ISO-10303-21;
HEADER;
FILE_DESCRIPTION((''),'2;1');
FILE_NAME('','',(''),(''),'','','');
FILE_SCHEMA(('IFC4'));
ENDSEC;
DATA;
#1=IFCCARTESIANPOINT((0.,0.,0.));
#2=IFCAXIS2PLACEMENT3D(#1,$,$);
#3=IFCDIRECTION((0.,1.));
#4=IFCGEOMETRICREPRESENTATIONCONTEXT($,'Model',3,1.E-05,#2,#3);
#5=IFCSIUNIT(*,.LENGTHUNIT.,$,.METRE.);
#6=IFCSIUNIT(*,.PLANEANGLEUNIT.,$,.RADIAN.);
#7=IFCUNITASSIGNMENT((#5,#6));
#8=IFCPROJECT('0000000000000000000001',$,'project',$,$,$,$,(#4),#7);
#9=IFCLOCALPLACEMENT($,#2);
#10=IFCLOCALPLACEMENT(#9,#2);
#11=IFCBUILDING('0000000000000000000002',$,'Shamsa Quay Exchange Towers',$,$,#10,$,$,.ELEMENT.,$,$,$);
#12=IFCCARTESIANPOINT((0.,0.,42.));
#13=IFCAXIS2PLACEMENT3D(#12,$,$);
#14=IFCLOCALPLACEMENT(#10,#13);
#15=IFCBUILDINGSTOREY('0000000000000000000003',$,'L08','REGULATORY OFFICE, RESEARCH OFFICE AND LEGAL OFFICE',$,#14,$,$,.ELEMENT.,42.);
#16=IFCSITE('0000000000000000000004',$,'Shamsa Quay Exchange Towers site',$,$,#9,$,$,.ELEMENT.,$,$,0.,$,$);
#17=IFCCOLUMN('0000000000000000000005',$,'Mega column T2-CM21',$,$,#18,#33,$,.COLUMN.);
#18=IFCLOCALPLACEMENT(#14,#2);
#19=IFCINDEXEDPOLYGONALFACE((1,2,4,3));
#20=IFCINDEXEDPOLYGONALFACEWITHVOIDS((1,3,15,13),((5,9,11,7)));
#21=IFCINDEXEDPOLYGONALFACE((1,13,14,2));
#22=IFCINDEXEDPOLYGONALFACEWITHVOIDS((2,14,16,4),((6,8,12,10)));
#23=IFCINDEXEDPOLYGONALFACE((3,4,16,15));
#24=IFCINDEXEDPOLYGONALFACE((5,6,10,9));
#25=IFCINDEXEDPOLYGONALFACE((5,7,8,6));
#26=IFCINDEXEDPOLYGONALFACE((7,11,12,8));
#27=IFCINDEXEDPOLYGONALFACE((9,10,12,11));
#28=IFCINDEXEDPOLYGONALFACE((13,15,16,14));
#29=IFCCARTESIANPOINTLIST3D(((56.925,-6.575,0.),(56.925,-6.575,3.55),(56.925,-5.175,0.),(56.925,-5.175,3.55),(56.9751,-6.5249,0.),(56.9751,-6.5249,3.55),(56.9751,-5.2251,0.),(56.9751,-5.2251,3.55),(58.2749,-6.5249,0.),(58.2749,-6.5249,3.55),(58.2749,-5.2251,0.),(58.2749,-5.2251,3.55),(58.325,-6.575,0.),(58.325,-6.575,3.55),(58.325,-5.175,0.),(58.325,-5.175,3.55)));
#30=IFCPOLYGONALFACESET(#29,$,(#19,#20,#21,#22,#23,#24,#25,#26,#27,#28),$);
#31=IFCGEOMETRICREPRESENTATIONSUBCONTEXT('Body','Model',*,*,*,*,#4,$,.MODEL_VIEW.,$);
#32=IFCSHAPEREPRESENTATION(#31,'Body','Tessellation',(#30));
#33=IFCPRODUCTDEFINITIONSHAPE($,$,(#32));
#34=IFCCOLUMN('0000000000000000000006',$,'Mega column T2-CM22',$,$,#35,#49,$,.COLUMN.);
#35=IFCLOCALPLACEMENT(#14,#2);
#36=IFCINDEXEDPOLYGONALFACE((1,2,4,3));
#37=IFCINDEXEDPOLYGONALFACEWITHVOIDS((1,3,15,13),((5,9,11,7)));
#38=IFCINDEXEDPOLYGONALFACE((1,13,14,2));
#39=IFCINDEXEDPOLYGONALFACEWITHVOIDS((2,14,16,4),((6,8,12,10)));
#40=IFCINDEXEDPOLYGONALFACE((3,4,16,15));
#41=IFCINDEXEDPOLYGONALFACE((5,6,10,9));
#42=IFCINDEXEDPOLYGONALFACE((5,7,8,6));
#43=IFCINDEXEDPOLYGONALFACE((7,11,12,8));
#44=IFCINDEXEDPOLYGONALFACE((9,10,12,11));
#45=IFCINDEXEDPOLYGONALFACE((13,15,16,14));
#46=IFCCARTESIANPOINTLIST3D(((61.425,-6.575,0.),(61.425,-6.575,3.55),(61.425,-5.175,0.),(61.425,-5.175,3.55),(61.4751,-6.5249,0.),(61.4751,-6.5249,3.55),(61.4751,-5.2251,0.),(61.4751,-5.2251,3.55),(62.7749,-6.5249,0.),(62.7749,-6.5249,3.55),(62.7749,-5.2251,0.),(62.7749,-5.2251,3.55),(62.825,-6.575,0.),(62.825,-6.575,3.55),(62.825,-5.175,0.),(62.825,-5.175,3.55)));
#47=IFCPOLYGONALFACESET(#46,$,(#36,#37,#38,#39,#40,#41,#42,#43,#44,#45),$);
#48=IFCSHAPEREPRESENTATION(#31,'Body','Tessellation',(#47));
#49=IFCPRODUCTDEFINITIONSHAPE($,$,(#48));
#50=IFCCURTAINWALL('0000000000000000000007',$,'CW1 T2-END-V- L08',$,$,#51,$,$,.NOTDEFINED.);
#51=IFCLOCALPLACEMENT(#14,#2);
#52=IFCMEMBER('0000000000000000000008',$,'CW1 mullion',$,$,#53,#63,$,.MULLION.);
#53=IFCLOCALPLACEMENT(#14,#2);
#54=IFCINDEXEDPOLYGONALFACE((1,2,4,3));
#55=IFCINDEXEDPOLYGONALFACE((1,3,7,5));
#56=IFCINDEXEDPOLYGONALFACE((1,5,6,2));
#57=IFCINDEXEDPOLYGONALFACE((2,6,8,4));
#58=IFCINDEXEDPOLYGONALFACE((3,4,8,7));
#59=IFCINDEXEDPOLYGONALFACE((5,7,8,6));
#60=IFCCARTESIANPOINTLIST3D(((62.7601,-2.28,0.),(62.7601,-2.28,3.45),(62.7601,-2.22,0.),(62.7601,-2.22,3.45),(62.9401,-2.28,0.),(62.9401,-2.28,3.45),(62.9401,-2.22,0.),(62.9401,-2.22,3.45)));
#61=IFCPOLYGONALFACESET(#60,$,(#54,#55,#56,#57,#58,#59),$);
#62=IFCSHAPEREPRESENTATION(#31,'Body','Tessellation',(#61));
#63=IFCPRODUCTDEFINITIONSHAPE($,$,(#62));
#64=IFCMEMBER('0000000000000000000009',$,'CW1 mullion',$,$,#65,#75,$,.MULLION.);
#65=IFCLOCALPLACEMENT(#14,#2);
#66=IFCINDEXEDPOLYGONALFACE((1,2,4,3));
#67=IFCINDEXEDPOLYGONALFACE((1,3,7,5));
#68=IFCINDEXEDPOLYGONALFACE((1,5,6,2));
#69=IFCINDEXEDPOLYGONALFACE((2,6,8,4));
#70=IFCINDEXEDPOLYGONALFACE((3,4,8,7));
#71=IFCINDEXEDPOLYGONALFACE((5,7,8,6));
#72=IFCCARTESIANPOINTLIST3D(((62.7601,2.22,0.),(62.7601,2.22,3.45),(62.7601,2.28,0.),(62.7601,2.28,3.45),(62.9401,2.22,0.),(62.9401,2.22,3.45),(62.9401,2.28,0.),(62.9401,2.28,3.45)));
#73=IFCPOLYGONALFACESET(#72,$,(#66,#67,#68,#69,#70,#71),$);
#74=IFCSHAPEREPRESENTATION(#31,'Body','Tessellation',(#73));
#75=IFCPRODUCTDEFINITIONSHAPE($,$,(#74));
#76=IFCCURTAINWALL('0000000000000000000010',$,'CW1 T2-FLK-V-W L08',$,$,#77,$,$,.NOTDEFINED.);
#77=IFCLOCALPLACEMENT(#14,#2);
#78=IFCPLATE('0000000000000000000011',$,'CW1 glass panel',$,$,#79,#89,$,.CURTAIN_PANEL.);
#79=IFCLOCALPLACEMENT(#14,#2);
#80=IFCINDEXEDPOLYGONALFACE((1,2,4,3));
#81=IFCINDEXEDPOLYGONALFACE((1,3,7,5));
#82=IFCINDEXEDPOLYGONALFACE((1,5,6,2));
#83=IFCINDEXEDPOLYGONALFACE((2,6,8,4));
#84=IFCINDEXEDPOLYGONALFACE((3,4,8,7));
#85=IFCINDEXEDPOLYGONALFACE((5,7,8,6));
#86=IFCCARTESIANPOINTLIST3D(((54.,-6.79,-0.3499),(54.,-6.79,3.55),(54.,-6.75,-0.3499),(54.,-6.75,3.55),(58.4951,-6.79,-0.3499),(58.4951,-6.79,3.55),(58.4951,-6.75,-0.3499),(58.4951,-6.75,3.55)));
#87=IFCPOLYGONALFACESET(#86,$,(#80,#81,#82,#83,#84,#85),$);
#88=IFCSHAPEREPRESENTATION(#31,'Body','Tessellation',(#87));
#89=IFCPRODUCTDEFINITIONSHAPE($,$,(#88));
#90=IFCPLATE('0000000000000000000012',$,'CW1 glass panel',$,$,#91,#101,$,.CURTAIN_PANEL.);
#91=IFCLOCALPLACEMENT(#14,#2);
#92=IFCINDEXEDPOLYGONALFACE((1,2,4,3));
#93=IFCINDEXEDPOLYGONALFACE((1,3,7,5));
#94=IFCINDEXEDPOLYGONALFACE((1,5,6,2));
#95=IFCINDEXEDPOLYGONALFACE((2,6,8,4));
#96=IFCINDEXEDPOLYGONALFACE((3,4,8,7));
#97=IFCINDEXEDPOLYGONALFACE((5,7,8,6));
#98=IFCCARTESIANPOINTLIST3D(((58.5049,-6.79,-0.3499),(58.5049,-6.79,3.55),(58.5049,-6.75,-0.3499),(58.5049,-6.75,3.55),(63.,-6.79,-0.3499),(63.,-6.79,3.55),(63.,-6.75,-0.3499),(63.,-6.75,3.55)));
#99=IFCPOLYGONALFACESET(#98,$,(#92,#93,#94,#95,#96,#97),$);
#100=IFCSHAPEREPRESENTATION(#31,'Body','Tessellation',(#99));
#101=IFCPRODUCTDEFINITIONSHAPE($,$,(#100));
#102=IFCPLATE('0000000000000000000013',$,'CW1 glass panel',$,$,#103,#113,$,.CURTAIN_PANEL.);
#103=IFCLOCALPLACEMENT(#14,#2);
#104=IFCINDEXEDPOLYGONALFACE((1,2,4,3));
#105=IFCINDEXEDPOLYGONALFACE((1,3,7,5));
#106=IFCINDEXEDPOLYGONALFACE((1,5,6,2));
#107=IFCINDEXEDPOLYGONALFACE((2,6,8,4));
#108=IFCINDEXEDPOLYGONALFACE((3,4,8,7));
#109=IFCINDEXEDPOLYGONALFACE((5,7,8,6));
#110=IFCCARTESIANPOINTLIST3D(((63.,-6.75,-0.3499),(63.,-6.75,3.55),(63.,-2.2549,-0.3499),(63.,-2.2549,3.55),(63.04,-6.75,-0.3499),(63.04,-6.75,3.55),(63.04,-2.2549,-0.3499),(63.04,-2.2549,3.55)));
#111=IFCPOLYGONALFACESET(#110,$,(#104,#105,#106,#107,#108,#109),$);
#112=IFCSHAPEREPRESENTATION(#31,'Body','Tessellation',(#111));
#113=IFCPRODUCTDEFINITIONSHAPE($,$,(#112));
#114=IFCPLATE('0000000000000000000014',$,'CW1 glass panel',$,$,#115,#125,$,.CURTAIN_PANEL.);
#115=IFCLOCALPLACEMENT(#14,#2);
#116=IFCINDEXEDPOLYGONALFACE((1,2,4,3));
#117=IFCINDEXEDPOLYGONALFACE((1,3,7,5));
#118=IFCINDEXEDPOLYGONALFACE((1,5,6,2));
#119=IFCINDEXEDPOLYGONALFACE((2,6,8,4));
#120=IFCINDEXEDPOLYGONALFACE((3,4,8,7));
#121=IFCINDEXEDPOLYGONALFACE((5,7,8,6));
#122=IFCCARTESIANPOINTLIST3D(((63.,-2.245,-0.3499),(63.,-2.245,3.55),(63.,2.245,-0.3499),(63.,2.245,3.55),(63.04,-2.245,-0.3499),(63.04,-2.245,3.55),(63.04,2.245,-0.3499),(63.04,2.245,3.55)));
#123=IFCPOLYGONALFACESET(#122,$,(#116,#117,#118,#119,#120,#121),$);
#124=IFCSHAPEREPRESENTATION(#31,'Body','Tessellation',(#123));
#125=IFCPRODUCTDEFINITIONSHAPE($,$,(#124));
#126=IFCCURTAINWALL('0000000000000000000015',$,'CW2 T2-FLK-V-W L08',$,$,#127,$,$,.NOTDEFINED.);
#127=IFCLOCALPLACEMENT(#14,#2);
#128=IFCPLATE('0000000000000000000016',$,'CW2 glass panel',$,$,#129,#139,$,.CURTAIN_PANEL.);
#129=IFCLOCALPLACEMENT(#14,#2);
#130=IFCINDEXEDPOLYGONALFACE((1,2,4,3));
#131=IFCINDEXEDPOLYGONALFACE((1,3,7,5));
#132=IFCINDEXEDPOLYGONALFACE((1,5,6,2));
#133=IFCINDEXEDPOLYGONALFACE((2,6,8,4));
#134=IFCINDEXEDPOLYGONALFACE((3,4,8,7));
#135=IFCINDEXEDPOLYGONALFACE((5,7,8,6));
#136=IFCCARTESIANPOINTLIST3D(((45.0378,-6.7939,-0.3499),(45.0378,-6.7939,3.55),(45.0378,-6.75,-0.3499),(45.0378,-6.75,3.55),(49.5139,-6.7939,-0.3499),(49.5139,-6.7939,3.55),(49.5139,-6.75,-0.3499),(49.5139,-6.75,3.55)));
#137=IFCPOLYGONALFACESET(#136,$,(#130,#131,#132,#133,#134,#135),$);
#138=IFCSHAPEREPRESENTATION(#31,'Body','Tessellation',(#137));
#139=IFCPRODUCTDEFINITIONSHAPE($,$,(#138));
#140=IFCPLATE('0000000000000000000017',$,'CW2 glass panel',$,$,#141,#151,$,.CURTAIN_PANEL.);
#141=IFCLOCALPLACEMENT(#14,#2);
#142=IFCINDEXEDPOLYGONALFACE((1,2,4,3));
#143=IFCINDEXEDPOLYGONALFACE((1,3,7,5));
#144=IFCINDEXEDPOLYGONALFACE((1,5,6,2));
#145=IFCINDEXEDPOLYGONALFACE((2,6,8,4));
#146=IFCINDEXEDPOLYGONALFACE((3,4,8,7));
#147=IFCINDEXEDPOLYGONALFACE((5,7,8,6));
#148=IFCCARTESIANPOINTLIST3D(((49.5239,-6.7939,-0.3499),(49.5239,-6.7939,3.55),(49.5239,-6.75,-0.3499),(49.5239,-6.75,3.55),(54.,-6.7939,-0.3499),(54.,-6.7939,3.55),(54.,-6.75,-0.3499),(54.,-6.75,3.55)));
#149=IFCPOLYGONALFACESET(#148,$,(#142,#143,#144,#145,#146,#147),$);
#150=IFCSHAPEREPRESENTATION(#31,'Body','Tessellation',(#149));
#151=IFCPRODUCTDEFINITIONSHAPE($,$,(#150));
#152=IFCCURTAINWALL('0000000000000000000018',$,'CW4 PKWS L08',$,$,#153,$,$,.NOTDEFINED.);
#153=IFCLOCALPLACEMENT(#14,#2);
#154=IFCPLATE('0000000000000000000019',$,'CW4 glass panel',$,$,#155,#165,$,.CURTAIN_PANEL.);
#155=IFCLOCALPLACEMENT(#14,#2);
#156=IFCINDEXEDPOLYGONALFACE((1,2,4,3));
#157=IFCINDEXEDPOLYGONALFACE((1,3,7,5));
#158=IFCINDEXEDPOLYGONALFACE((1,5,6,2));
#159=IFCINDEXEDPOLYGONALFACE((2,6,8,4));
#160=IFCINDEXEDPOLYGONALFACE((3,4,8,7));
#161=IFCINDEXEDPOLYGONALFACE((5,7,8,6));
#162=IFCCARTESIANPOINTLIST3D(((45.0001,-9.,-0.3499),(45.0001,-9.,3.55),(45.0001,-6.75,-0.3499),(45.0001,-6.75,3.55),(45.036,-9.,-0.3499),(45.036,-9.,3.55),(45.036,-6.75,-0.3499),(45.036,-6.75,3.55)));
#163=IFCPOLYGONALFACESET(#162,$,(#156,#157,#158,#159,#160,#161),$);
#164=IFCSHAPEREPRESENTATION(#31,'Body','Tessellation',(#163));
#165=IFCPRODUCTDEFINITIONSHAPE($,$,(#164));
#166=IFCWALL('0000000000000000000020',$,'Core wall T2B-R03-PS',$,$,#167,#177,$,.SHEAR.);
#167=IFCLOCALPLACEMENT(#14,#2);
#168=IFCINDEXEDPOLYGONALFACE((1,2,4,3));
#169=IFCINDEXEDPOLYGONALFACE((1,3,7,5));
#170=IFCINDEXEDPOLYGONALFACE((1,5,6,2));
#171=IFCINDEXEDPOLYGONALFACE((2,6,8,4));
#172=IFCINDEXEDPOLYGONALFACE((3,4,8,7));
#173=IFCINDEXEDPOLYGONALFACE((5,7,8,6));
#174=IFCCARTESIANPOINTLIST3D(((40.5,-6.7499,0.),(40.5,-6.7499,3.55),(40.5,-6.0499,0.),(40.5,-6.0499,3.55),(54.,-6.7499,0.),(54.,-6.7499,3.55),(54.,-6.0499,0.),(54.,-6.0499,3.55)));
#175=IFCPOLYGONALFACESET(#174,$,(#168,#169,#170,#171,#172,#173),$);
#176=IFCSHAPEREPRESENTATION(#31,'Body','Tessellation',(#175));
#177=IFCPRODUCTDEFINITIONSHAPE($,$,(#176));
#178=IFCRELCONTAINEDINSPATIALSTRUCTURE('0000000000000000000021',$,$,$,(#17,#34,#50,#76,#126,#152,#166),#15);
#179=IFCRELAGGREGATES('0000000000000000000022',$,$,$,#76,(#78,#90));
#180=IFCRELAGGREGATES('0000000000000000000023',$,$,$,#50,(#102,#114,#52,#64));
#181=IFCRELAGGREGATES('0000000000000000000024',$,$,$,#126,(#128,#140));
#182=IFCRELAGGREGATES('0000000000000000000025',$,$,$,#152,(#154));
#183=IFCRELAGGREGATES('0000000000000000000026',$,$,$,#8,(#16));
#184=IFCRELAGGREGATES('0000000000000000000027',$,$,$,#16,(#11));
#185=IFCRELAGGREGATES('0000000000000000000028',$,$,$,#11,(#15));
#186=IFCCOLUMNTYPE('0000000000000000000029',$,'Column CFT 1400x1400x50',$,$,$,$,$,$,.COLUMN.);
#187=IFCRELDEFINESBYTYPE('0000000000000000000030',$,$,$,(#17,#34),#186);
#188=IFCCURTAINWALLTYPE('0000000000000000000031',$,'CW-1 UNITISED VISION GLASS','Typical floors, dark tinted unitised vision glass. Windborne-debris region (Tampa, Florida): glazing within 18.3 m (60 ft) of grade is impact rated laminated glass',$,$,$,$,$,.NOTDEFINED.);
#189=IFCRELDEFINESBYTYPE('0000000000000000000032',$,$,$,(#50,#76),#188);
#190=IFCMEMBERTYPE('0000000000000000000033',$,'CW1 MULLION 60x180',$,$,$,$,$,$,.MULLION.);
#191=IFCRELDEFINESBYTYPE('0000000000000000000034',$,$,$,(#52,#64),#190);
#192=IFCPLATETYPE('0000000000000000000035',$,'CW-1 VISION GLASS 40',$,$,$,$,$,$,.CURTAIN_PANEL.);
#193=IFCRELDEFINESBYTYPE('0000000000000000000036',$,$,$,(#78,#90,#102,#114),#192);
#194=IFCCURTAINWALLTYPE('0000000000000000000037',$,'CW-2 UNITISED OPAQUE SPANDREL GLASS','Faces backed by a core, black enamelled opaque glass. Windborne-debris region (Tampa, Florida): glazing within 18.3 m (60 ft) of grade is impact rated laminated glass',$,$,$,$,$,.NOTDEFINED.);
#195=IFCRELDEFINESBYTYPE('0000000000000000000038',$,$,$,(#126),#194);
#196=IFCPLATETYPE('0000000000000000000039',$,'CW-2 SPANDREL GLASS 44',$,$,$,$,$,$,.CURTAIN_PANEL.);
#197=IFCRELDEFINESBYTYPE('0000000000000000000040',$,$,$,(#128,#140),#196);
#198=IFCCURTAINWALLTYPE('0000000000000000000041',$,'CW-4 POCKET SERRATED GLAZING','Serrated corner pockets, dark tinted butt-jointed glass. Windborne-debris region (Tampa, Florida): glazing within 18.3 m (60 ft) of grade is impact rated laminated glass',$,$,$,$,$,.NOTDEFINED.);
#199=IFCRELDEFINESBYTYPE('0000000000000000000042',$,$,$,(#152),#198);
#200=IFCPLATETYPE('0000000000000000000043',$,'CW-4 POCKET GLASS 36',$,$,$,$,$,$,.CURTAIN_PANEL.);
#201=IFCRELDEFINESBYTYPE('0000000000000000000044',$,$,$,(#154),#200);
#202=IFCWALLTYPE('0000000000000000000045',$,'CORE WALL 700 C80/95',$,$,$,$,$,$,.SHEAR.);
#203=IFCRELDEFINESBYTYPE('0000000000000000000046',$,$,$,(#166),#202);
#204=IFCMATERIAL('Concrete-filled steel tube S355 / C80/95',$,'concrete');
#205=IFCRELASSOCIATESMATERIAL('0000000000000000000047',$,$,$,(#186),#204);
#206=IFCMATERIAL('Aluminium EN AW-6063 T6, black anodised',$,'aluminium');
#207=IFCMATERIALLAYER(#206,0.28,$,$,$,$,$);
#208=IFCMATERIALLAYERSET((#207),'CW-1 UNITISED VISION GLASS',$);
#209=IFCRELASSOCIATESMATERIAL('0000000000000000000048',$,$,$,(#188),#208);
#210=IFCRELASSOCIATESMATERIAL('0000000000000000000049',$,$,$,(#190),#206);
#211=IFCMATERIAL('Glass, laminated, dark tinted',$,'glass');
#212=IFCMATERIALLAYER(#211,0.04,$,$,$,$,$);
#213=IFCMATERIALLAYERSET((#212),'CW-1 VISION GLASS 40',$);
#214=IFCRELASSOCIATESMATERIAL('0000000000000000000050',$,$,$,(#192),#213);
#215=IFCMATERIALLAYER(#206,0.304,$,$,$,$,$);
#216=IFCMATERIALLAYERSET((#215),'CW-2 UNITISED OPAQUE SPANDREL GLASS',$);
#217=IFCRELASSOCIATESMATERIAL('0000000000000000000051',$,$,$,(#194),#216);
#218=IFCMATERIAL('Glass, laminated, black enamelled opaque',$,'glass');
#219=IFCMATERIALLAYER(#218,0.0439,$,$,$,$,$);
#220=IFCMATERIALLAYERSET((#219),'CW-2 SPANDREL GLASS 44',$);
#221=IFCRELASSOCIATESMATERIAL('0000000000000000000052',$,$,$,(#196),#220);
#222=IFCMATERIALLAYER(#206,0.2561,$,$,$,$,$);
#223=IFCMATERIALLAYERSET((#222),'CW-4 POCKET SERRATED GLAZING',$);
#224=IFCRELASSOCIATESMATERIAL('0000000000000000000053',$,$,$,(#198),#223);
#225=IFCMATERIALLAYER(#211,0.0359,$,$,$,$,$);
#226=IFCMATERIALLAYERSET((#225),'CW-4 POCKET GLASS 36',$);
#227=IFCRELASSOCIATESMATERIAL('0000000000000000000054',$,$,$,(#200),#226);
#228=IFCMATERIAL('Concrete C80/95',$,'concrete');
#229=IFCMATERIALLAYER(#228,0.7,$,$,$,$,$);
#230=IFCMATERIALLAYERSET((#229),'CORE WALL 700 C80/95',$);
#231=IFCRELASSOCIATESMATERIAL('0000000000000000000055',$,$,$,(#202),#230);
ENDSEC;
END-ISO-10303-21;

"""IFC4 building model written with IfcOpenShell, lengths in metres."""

from ifc_helpers import new_model, si_unit, direction, frame, frame_2d, origin, origin_2d, place, context, subcontext, project, spatial, rectangle, hollow_rectangle, extrude, material, layer, layer_set, material_profile, profile_set, type_object, element, aggregate, save


model = new_model("IFC4")

# Units and contexts
model_context = context("Model", 3, precision=1e-05, world=origin(), true_north=direction((0.0, 1.0)))
body_context = subcontext(model_context, "Body", "Model", "MODEL_VIEW")
ifc_project = project(units=[si_unit("LENGTHUNIT", "METRE"), si_unit("PLANEANGLEUNIT", "RADIAN")], contexts=[model_context])

# Site, building, storey
site_placement = place(None, origin())
site = spatial("IfcSite", under=ifc_project, at=site_placement, Name="Shamsa Quay Exchange Towers site", CompositionType="ELEMENT", RefElevation=0.0)
building_placement = place(site_placement, origin())
building = spatial("IfcBuilding", under=site, at=building_placement, Name="Shamsa Quay Exchange Towers", CompositionType="ELEMENT")
storey_placement = place(building_placement, frame((0.0, 0.0, 42.0)))
storey = spatial("IfcBuildingStorey", under=building, at=storey_placement, Name="L08", Description="REGULATORY OFFICE, RESEARCH OFFICE AND LEGAL OFFICE", CompositionType="ELEMENT", Elevation=42.0)

# Columns
ifc_material_1 = material(Name="Concrete-filled steel tube S355 / C80/95", Category="concrete")
ifc_material_profile_1 = material_profile(ifc_material_1, hollow_rectangle(XDim=1.3999, YDim=1.3999, WallThickness=0.05, at=origin_2d()), Name="CFT 1400x1400x50")
ifc_profile_set_1 = profile_set([ifc_material_profile_1], Name="Concrete-filled steel tube S355 / C80/95")
column_type = type_object("IfcColumnType", Name="Column CFT 1400x1400x50", PredefinedType="COLUMN", material=ifc_profile_set_1)
for number, where, name in (
    (1, (57.625, -5.875, 0.0), "Mega column T2-CM21"),
    (2, (62.125, -5.875, 0.0), "Mega column T2-CM22"),
):
    element("IfcColumn", number, at=place(storey_placement, frame(where)), inside=storey, type_object=column_type, Name=name, PredefinedType="COLUMN", context=body_context, shape_type="SweptSolid", body=[
        extrude(hollow_rectangle(XDim=1.3999, YDim=1.3999, WallThickness=0.05, at=origin_2d()), origin(), (0.0, 0.0, 1.0), 3.55),
    ])

# Curtain wall, members
ifc_material_2 = material(Name="Aluminium EN AW-6063 T6, black anodised", Category="aluminium")
ifc_layer_1 = layer(ifc_material_2, 0.28)
ifc_layer_set_1 = layer_set([ifc_layer_1], Name="CW-1 UNITISED VISION GLASS")
curtain_wall_type_1 = type_object("IfcCurtainWallType", Name="CW-1 UNITISED VISION GLASS", Description="Typical floors, dark tinted unitised vision glass. Windborne-debris region (Tampa, Florida): glazing within 18.3 m (60 ft) of grade is impact rated laminated glass", PredefinedType="NOTDEFINED", material=ifc_layer_set_1)
curtain_wall_1_placement = place(storey_placement, origin())
curtain_wall_1 = element("IfcCurtainWall", 3, at=curtain_wall_1_placement, inside=storey, type_object=curtain_wall_type_1, Name="CW1 T2-END-V- L08", PredefinedType="NOTDEFINED")
ifc_material_profile_2 = material_profile(ifc_material_2, rectangle(XDim=0.1799, YDim=0.0601, at=origin_2d()), Name="MU60x180")
ifc_profile_set_2 = profile_set([ifc_material_profile_2], Name="Aluminium EN AW-6063 T6, black anodised")
member_type = type_object("IfcMemberType", Name="CW1 MULLION 60x180", PredefinedType="MULLION", material=ifc_profile_set_2)
member_1_placement = place(storey_placement, frame((62.8501, -2.25, 0.0), z_axis=(0.0, 0.0, 1.0), x_axis=(-1.0, 0.0, 0.0)))
member_1 = element("IfcMember", 4, at=member_1_placement, type_object=member_type, Name="CW1 mullion", PredefinedType="MULLION", context=body_context, shape_type="SweptSolid", body=[
    extrude(rectangle(XDim=0.1799, YDim=0.0601, at=origin_2d()), origin(), (0.0, 0.0, 1.0), 3.45),
])
member_2_placement = place(storey_placement, frame((62.8501, 2.25, 0.0), z_axis=(0.0, 0.0, 1.0), x_axis=(-1.0, 0.0, 0.0)))
member_2 = element("IfcMember", 5, at=member_2_placement, type_object=member_type, Name="CW1 mullion", PredefinedType="MULLION", context=body_context, shape_type="SweptSolid", body=[
    extrude(rectangle(XDim=0.1799, YDim=0.0601, at=origin_2d()), origin(), (0.0, 0.0, 1.0), 3.45),
])

# Curtain wall, plates
curtain_wall_2_placement = place(storey_placement, origin())
curtain_wall_2 = element("IfcCurtainWall", 6, at=curtain_wall_2_placement, inside=storey, type_object=curtain_wall_type_1, Name="CW1 T2-FLK-V-W L08", PredefinedType="NOTDEFINED")
ifc_material_3 = material(Name="Glass, laminated, dark tinted", Category="glass")
ifc_layer_2 = layer(ifc_material_3, 0.04)
ifc_layer_set_2 = layer_set([ifc_layer_2], Name="CW-1 VISION GLASS 40")
plate_type_1 = type_object("IfcPlateType", Name="CW-1 VISION GLASS 40", PredefinedType="CURTAIN_PANEL", material=ifc_layer_set_2)
plate_1_placement = place(storey_placement, frame((56.2476, -6.77, -0.3499)))
plate_1 = element("IfcPlate", 7, at=plate_1_placement, type_object=plate_type_1, Name="CW1 glass panel", PredefinedType="CURTAIN_PANEL", context=body_context, shape_type="SweptSolid", body=[
    extrude(rectangle(XDim=4.4951, YDim=0.04, at=origin_2d()), origin(), (0.0, 0.0, 1.0), 3.8999),
])
plate_2_placement = place(storey_placement, frame((60.7524, -6.77, -0.3499)))
plate_2 = element("IfcPlate", 8, at=plate_2_placement, type_object=plate_type_1, Name="CW1 glass panel", PredefinedType="CURTAIN_PANEL", context=body_context, shape_type="SweptSolid", body=[
    extrude(rectangle(XDim=4.4951, YDim=0.04, at=origin_2d()), origin(), (0.0, 0.0, 1.0), 3.8999),
])
aggregate(curtain_wall_2, [plate_1, plate_2])

# Plates
plate_3_placement = place(storey_placement, frame((63.02, -4.5024, -0.3499), z_axis=(0.0, 0.0, 1.0), x_axis=(0.0, 1.0, 0.0)))
plate_3 = element("IfcPlate", 9, at=plate_3_placement, type_object=plate_type_1, Name="CW1 glass panel", PredefinedType="CURTAIN_PANEL", context=body_context, shape_type="SweptSolid", body=[
    extrude(rectangle(XDim=4.4951, YDim=0.04, at=origin_2d()), origin(), (0.0, 0.0, 1.0), 3.8999),
])
plate_4_placement = place(storey_placement, frame((63.02, 0.0, -0.3499), z_axis=(0.0, 0.0, 1.0), x_axis=(0.0, 1.0, 0.0)))
plate_4 = element("IfcPlate", 10, at=plate_4_placement, type_object=plate_type_1, Name="CW1 glass panel", PredefinedType="CURTAIN_PANEL", context=body_context, shape_type="SweptSolid", body=[
    extrude(rectangle(XDim=4.49, YDim=0.04, at=origin_2d()), origin(), (0.0, 0.0, 1.0), 3.8999),
])
aggregate(curtain_wall_1, [plate_3, plate_4, member_1, member_2])

# Curtain wall, plates
ifc_layer_3 = layer(ifc_material_2, 0.304)
ifc_layer_set_3 = layer_set([ifc_layer_3], Name="CW-2 UNITISED OPAQUE SPANDREL GLASS")
curtain_wall_type_2 = type_object("IfcCurtainWallType", Name="CW-2 UNITISED OPAQUE SPANDREL GLASS", Description="Faces backed by a core, black enamelled opaque glass. Windborne-debris region (Tampa, Florida): glazing within 18.3 m (60 ft) of grade is impact rated laminated glass", PredefinedType="NOTDEFINED", material=ifc_layer_set_3)
curtain_wall_3_placement = place(storey_placement, origin())
curtain_wall_3 = element("IfcCurtainWall", 11, at=curtain_wall_3_placement, inside=storey, type_object=curtain_wall_type_2, Name="CW2 T2-FLK-V-W L08", PredefinedType="NOTDEFINED")
ifc_material_4 = material(Name="Glass, laminated, black enamelled opaque", Category="glass")
ifc_layer_4 = layer(ifc_material_4, 0.0439)
ifc_layer_set_4 = layer_set([ifc_layer_4], Name="CW-2 SPANDREL GLASS 44")
plate_type_2 = type_object("IfcPlateType", Name="CW-2 SPANDREL GLASS 44", PredefinedType="CURTAIN_PANEL", material=ifc_layer_set_4)
plate_5_placement = place(storey_placement, frame((47.2759, -6.772, -0.3499)))
plate_5 = element("IfcPlate", 12, at=plate_5_placement, type_object=plate_type_2, Name="CW2 glass panel", PredefinedType="CURTAIN_PANEL", context=body_context, shape_type="SweptSolid", body=[
    extrude(rectangle(XDim=4.4761, YDim=0.0439, at=origin_2d()), origin(), (0.0, 0.0, 1.0), 3.8999),
])
plate_6_placement = place(storey_placement, frame((51.762, -6.772, -0.3499)))
plate_6 = element("IfcPlate", 13, at=plate_6_placement, type_object=plate_type_2, Name="CW2 glass panel", PredefinedType="CURTAIN_PANEL", context=body_context, shape_type="SweptSolid", body=[
    extrude(rectangle(XDim=4.4761, YDim=0.0439, at=origin_2d()), origin(), (0.0, 0.0, 1.0), 3.8999),
])
aggregate(curtain_wall_3, [plate_5, plate_6])

# Curtain wall, plate
ifc_layer_5 = layer(ifc_material_2, 0.2561)
ifc_layer_set_5 = layer_set([ifc_layer_5], Name="CW-4 POCKET SERRATED GLAZING")
curtain_wall_type_3 = type_object("IfcCurtainWallType", Name="CW-4 POCKET SERRATED GLAZING", Description="Serrated corner pockets, dark tinted butt-jointed glass. Windborne-debris region (Tampa, Florida): glazing within 18.3 m (60 ft) of grade is impact rated laminated glass", PredefinedType="NOTDEFINED", material=ifc_layer_set_5)
curtain_wall_4_placement = place(storey_placement, origin())
curtain_wall_4 = element("IfcCurtainWall", 14, at=curtain_wall_4_placement, inside=storey, type_object=curtain_wall_type_3, Name="CW4 PKWS L08", PredefinedType="NOTDEFINED")
ifc_layer_6 = layer(ifc_material_3, 0.0359)
ifc_layer_set_6 = layer_set([ifc_layer_6], Name="CW-4 POCKET GLASS 36")
plate_type_3 = type_object("IfcPlateType", Name="CW-4 POCKET GLASS 36", PredefinedType="CURTAIN_PANEL", material=ifc_layer_set_6)
plate_7_placement = place(storey_placement, frame((45.0181, -7.875, -0.3499), z_axis=(0.0, 0.0, 1.0), x_axis=(0.0, 1.0, 0.0)))
plate_7 = element("IfcPlate", 15, at=plate_7_placement, type_object=plate_type_3, Name="CW4 glass panel", PredefinedType="CURTAIN_PANEL", context=body_context, shape_type="SweptSolid", body=[
    extrude(rectangle(XDim=2.25, YDim=0.0359, at=origin_2d()), origin(), (0.0, 0.0, 1.0), 3.8999),
])
aggregate(curtain_wall_4, [plate_7])

# Wall
ifc_material_5 = material(Name="Concrete C80/95", Category="concrete")
ifc_layer_7 = layer(ifc_material_5, 0.7)
ifc_layer_set_7 = layer_set([ifc_layer_7], Name="CORE WALL 700 C80/95")
wall_type_1 = type_object("IfcWallType", Name="CORE WALL 700 C80/95", PredefinedType="SHEAR", material=ifc_layer_set_7)
wall_1_placement = place(storey_placement, frame((54.0, -6.3999, 0.0), z_axis=(0.0, 0.0, 1.0), x_axis=(-1.0, 0.0, 0.0)))
element("IfcWall", 16, at=wall_1_placement, inside=storey, type_object=wall_type_1, Name="Core wall T2B-R03-PS", PredefinedType="SHEAR", context=body_context, shape_type="SweptSolid", body=[
    extrude(rectangle(XDim=13.5, YDim=0.7, at=frame_2d((6.75, 0.0))), origin(), (0.0, 0.0, 1.0), 3.55),
])

save(model, "model.ifc")
